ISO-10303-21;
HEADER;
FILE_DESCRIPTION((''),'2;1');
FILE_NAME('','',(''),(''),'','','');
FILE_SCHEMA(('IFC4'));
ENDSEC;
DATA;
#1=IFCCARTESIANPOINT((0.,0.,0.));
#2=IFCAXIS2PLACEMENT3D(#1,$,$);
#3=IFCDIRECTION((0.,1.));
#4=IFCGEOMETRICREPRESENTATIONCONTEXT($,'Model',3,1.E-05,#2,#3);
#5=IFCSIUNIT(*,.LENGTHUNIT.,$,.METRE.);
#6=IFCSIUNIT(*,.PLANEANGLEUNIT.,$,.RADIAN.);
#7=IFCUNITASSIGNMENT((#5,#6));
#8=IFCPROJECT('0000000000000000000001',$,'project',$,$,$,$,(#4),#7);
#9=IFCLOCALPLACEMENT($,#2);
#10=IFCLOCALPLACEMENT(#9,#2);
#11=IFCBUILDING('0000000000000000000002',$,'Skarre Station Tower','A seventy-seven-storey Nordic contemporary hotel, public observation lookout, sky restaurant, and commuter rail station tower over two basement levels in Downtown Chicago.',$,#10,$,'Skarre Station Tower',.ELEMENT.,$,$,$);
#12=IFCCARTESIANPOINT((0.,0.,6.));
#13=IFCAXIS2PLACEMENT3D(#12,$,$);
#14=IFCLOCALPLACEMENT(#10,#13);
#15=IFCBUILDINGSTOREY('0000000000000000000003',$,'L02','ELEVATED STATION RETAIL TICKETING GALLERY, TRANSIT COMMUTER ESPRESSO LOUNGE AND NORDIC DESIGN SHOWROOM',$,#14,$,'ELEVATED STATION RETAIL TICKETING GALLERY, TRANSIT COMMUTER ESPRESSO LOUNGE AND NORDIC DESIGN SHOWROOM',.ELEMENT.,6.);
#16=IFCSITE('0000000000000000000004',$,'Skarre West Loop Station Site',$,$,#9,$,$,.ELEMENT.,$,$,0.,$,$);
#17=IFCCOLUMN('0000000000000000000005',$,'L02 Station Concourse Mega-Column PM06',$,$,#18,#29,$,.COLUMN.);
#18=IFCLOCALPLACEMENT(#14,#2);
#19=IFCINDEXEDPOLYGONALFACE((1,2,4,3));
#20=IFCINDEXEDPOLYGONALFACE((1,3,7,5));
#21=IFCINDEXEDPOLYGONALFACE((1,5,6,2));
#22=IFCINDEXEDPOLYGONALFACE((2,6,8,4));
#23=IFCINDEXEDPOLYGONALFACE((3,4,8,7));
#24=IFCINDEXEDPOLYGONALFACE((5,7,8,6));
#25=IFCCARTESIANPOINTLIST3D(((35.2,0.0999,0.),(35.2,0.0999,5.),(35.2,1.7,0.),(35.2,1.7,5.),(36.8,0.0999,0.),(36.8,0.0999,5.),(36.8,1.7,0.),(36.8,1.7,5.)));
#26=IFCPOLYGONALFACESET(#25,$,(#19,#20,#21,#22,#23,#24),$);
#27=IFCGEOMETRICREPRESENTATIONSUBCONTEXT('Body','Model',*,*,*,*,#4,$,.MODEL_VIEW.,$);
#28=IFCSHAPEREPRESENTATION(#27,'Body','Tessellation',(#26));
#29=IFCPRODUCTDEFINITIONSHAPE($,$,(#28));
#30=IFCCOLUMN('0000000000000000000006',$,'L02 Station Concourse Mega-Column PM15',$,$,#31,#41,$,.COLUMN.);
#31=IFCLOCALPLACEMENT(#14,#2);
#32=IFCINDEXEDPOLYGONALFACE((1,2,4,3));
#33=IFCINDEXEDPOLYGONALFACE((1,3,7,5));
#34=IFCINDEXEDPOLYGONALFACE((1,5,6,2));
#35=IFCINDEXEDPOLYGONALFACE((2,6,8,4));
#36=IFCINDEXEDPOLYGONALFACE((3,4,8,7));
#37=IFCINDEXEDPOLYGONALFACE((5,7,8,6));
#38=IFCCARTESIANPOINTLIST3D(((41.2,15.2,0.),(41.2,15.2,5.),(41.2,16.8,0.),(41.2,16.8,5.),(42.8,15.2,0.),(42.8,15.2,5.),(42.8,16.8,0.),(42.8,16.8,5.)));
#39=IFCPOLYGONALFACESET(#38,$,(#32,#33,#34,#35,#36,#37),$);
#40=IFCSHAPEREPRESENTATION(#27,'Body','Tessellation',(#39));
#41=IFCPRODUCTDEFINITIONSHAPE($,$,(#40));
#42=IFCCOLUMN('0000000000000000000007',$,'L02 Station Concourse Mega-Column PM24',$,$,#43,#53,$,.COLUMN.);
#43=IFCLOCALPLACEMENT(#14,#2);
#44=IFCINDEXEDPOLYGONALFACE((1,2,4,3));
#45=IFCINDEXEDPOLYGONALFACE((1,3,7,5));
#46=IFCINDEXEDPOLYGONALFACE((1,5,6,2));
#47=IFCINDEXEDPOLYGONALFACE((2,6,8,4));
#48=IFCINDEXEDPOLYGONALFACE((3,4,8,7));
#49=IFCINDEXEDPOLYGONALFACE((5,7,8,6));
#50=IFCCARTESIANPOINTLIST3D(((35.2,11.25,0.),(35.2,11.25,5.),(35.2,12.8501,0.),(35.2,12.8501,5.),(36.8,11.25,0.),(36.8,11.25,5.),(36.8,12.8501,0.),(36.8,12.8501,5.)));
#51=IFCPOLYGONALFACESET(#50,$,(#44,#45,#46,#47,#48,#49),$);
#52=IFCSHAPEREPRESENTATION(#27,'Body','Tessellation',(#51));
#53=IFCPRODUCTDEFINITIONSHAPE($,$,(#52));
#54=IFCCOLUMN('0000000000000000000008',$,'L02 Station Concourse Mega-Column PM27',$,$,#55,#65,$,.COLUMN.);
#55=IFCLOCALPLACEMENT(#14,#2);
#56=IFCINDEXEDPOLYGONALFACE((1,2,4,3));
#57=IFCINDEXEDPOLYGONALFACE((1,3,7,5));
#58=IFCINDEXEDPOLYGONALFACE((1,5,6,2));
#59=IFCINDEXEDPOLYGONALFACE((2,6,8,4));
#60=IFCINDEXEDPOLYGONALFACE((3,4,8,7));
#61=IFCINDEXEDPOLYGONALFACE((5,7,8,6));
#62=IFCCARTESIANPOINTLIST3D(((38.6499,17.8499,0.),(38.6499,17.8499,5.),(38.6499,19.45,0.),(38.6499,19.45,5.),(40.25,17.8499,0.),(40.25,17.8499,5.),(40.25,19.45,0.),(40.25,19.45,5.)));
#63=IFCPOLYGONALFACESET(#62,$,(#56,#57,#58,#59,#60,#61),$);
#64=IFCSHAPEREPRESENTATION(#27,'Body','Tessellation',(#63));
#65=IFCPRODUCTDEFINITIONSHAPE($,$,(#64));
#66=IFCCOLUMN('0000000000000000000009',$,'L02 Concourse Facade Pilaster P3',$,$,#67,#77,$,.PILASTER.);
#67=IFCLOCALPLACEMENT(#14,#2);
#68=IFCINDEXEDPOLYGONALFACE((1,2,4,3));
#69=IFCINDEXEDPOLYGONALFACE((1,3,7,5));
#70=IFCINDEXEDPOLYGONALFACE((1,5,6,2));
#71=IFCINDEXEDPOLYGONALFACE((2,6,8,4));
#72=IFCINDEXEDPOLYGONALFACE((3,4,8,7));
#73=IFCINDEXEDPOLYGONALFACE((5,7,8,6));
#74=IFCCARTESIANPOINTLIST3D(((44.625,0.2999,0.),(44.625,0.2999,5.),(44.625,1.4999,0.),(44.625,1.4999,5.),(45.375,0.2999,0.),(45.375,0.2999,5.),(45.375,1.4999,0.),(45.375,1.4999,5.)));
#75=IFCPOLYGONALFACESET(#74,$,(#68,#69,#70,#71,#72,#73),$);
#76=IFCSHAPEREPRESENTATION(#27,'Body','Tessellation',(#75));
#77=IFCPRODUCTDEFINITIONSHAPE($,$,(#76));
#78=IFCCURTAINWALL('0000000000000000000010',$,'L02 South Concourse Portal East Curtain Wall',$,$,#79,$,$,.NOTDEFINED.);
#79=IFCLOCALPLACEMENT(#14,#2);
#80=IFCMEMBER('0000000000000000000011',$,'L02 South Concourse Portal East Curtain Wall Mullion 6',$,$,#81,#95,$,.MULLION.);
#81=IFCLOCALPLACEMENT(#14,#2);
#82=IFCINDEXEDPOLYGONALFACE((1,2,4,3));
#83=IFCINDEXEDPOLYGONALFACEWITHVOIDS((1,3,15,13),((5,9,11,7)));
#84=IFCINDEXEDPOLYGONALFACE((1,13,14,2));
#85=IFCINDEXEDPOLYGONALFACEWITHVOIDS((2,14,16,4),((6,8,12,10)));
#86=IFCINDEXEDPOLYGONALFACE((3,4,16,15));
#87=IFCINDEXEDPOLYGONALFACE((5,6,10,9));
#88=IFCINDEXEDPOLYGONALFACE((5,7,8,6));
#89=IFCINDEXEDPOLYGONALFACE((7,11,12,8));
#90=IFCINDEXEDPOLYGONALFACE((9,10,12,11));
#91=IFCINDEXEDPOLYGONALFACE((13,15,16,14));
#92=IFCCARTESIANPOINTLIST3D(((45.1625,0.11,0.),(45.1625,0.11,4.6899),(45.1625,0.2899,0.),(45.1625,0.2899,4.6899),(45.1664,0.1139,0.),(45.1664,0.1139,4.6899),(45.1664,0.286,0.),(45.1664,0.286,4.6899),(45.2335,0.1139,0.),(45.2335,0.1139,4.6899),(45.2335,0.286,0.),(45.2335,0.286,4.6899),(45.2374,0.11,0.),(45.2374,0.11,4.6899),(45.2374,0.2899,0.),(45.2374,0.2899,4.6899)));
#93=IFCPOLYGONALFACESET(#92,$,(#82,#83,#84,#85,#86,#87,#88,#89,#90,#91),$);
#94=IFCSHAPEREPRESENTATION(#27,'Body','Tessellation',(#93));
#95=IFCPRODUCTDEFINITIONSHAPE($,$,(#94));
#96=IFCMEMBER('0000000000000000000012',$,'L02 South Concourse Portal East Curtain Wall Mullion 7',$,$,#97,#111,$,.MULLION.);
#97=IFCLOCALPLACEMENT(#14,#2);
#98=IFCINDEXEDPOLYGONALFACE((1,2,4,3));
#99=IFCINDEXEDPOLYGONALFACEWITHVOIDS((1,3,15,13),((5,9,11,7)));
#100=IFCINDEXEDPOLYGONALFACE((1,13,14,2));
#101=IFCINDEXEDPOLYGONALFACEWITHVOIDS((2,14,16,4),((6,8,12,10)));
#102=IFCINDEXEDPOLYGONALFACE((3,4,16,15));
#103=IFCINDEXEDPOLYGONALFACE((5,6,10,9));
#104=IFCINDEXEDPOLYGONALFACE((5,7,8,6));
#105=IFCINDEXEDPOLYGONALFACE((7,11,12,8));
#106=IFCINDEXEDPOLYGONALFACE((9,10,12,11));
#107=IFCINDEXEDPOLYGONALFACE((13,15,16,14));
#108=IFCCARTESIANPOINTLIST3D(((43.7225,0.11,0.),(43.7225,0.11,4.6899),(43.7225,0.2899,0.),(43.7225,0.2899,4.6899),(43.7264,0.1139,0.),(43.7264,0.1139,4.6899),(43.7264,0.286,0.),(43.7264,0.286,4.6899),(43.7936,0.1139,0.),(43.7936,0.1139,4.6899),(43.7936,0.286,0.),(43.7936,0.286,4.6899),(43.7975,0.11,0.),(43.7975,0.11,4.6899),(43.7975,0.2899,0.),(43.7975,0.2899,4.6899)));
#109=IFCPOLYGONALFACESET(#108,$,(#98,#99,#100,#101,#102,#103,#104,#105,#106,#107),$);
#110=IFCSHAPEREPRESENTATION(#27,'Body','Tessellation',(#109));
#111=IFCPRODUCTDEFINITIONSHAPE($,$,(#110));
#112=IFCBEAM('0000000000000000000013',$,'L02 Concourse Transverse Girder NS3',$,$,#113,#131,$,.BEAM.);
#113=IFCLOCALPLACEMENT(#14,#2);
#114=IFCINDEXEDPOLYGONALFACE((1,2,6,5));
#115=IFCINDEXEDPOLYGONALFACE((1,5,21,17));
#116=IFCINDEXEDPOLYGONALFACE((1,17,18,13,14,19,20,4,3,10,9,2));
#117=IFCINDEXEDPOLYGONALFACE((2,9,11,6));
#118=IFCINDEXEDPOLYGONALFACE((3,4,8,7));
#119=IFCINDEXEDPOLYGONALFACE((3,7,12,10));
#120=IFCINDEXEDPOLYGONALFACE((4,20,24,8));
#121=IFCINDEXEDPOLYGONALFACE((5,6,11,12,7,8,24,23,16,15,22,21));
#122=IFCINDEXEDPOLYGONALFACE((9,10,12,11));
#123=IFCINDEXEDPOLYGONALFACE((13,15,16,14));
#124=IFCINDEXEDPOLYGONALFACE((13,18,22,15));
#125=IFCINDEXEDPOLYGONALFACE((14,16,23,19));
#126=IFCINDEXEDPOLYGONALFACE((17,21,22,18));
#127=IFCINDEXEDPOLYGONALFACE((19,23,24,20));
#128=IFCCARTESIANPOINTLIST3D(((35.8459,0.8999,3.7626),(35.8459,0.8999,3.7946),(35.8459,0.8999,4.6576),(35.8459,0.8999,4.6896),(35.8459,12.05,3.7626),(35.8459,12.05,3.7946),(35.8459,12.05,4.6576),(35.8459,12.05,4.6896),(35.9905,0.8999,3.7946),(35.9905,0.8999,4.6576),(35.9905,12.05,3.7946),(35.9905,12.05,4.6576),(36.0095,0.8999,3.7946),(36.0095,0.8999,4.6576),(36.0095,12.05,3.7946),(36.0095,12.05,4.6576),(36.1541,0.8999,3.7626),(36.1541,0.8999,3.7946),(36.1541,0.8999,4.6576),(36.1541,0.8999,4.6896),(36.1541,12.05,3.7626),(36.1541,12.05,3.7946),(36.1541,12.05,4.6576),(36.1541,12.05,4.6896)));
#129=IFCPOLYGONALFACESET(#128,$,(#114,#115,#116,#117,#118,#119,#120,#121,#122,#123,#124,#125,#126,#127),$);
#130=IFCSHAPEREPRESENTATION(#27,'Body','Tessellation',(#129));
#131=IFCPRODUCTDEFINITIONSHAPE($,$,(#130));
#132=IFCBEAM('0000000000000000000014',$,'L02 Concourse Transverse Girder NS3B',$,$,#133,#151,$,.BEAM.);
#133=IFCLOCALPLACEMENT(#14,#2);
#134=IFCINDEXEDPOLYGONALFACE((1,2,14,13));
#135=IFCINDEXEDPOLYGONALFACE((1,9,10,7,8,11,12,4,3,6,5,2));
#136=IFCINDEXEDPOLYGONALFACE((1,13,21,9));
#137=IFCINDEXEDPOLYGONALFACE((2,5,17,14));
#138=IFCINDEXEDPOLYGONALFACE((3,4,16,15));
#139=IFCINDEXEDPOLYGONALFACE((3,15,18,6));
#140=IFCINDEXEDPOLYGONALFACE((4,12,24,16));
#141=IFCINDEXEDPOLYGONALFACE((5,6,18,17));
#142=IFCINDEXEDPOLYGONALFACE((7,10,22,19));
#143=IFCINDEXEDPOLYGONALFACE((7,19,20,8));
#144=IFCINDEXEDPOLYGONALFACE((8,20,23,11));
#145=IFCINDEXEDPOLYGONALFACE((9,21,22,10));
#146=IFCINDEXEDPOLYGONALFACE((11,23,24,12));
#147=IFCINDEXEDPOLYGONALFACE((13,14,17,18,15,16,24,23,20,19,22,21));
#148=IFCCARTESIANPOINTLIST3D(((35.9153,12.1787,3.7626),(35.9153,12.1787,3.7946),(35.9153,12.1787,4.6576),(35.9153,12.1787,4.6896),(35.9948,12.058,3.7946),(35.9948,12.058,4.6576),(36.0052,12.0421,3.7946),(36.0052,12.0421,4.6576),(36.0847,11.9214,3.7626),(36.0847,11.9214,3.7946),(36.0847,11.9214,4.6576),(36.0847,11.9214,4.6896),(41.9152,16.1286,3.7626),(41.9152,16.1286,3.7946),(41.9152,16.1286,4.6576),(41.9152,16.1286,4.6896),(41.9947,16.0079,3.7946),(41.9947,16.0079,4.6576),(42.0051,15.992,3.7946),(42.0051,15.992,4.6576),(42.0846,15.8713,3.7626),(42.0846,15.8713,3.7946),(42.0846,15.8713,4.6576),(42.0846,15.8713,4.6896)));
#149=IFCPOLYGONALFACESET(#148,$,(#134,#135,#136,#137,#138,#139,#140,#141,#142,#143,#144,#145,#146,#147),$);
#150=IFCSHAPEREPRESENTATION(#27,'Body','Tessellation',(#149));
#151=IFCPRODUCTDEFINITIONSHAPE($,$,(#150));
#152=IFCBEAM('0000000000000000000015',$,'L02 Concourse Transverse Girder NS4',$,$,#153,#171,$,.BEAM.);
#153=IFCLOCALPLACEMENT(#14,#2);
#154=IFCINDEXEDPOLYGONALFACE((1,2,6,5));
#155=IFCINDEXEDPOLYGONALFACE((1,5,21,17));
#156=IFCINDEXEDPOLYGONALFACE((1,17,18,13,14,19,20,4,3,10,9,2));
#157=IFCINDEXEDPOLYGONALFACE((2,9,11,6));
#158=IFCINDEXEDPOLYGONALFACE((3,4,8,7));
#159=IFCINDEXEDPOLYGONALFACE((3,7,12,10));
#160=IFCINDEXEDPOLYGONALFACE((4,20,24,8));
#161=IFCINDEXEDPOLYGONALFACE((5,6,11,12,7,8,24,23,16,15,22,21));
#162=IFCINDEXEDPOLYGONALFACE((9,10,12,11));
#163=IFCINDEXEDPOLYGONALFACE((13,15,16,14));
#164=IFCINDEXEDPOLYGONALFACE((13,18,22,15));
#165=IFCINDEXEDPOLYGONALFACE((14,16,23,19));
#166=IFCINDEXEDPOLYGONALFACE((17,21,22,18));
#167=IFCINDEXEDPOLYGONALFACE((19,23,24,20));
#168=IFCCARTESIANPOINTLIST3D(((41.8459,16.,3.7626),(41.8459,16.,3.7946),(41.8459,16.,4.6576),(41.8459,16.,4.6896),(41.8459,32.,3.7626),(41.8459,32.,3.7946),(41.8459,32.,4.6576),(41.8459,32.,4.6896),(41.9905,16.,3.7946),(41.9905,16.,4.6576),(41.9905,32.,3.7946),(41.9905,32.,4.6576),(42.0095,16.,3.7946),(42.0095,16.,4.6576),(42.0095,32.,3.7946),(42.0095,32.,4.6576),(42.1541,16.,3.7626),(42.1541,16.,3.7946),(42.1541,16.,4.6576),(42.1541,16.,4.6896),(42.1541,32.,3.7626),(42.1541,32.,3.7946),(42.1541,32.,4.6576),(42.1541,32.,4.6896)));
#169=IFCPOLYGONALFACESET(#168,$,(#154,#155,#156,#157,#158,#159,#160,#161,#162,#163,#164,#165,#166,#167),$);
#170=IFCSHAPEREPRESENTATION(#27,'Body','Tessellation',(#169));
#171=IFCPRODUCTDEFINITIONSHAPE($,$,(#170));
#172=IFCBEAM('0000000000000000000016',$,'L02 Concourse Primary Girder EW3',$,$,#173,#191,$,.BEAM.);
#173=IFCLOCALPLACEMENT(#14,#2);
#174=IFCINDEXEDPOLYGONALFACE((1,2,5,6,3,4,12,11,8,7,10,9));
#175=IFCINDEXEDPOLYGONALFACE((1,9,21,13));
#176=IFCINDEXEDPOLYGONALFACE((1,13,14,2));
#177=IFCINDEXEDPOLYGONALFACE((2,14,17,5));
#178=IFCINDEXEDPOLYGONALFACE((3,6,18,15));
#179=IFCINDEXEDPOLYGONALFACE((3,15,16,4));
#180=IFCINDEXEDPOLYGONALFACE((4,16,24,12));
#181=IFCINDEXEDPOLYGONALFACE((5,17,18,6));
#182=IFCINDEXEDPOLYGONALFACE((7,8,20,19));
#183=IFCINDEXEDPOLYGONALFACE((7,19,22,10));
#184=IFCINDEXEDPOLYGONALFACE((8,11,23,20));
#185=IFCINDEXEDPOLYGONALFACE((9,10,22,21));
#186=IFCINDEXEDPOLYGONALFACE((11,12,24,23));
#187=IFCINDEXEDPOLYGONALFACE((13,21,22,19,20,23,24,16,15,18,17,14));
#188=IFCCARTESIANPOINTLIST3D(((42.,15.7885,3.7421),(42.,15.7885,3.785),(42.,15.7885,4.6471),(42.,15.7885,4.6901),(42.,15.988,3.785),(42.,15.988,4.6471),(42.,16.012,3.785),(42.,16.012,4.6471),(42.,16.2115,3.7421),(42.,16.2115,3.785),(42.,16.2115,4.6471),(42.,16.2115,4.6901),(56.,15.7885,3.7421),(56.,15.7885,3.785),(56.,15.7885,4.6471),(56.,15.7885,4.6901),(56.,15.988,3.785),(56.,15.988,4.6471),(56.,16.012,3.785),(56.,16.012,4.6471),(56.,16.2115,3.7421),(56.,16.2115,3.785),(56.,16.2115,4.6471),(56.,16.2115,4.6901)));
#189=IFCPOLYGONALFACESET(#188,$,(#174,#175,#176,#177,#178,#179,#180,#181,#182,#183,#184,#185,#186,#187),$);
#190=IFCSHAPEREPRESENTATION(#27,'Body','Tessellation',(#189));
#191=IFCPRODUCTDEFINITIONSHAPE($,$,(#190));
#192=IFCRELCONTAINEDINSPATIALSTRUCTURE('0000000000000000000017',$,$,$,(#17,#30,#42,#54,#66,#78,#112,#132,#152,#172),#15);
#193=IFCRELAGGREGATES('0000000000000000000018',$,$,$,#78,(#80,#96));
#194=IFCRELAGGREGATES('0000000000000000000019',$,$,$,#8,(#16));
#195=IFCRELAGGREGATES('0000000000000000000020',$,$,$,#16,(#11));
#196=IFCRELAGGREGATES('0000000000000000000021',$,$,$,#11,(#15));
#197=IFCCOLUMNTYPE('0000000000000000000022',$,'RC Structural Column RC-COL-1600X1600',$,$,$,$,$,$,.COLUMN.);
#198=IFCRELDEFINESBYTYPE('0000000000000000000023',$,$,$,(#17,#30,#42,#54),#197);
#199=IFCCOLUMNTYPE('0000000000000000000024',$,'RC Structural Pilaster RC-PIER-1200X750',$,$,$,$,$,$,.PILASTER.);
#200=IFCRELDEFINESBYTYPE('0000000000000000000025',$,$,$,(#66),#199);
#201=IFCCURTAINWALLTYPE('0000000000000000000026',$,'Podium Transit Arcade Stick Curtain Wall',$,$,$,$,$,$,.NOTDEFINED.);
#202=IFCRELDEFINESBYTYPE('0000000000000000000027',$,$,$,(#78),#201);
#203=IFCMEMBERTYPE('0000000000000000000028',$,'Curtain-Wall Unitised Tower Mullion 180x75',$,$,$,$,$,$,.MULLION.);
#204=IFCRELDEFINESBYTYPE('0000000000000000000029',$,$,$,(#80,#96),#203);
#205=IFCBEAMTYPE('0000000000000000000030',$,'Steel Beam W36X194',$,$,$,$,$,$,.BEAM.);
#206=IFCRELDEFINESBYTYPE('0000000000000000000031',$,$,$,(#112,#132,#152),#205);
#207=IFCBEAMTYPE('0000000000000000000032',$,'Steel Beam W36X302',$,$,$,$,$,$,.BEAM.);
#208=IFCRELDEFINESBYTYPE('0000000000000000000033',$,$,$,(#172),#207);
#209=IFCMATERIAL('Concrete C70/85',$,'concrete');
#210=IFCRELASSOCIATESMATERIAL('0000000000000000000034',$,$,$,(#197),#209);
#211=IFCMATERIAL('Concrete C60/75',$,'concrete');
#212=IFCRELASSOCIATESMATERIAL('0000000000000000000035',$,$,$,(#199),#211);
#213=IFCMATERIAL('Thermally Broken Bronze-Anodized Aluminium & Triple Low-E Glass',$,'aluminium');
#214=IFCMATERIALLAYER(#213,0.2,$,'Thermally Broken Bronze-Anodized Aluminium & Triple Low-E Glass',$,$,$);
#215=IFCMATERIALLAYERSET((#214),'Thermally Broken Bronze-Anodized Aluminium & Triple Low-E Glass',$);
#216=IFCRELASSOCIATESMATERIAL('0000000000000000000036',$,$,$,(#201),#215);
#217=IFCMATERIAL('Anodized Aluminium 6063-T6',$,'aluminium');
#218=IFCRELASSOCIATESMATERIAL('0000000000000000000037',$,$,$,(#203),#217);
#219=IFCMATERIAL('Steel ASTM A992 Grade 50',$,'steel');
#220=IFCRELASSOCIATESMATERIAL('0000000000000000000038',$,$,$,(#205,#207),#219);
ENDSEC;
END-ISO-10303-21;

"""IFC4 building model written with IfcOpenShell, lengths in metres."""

from ifc_helpers import new_model, si_unit, direction, frame, origin, origin_2d, place, context, subcontext, project, spatial, rectangle, hollow_rectangle, i_section, extrude, material, layer, layer_set, material_profile, profile_set, type_object, element, aggregate, save


model = new_model("IFC4")

# Units and contexts
model_context = context("Model", 3, precision=1e-05, world=origin(), true_north=direction((0.0, 1.0)))
body_context = subcontext(model_context, "Body", "Model", "MODEL_VIEW")
ifc_project = project(units=[si_unit("LENGTHUNIT", "METRE"), si_unit("PLANEANGLEUNIT", "RADIAN")], contexts=[model_context])

# Site, building, storey
site_placement = place(None, origin())
site = spatial("IfcSite", under=ifc_project, at=site_placement, Name="Skarre West Loop Station Site", CompositionType="ELEMENT", RefElevation=0.0)
building_placement = place(site_placement, origin())
building = spatial("IfcBuilding", under=site, at=building_placement, Name="Skarre Station Tower", Description="A seventy-seven-storey Nordic contemporary hotel, public observation lookout, sky restaurant, and commuter rail station tower over two basement levels in Downtown Chicago.", LongName="Skarre Station Tower", CompositionType="ELEMENT")
storey_placement = place(building_placement, frame((0.0, 0.0, 6.0)))
storey = spatial("IfcBuildingStorey", under=building, at=storey_placement, Name="L02", Description="ELEVATED STATION RETAIL TICKETING GALLERY, TRANSIT COMMUTER ESPRESSO LOUNGE AND NORDIC DESIGN SHOWROOM", LongName="ELEVATED STATION RETAIL TICKETING GALLERY, TRANSIT COMMUTER ESPRESSO LOUNGE AND NORDIC DESIGN SHOWROOM", CompositionType="ELEMENT", Elevation=6.0)

# Columns
ifc_material_1 = material(Name="Concrete C70/85", Category="concrete")
ifc_material_profile_1 = material_profile(ifc_material_1, rectangle(XDim=1.6001, YDim=1.6001, at=origin_2d()), Name="Concrete C70/85")
ifc_profile_set_1 = profile_set([ifc_material_profile_1], Name="Concrete C70/85")
column_type_1 = type_object("IfcColumnType", Name="RC Structural Column RC-COL-1600X1600", PredefinedType="COLUMN", material=ifc_profile_set_1)
for number, where, z_axis, x_axis, name in (
    (1, (36.0, 0.8999, 0.0), (0.0, 0.0, 1.0), (1.0, 0.0, 0.0), "L02 Station Concourse Mega-Column PM06"),
    (2, (42.0, 16.0, 0.0), (0.0, 0.0, 1.0), (1.0, 0.0, 0.0), "L02 Station Concourse Mega-Column PM15"),
    (3, (36.0, 12.05, 0.0), (0.0, 0.0, 1.0), (1.0, 0.0, 0.0), "L02 Station Concourse Mega-Column PM24"),
    (4, (39.45, 18.6499, 0.0), (0.0, 0.0, 1.0), (1.0, 0.0, 0.0), "L02 Station Concourse Mega-Column PM27"),
):
    element("IfcColumn", number, at=place(storey_placement, frame(where, z_axis=z_axis, x_axis=x_axis)), inside=storey, type_object=column_type_1, Name=name, PredefinedType="COLUMN", context=body_context, shape_type="SweptSolid", body=[
        extrude(rectangle(XDim=1.6001, YDim=1.6001, at=origin_2d()), origin(), (0.0, 0.0, 1.0), 5.0),
    ])
ifc_material_2 = material(Name="Concrete C60/75", Category="concrete")
ifc_material_profile_2 = material_profile(ifc_material_2, rectangle(XDim=0.75, YDim=1.2, at=origin_2d()), Name="Concrete C60/75")
ifc_profile_set_2 = profile_set([ifc_material_profile_2], Name="Concrete C60/75")
column_type_2 = type_object("IfcColumnType", Name="RC Structural Pilaster RC-PIER-1200X750", PredefinedType="PILASTER", material=ifc_profile_set_2)
column_placement = place(storey_placement, frame((45.0, 0.8999, 0.0), z_axis=(0.0, 0.0, 1.0), x_axis=(1.0, 0.0, 0.0)))
element("IfcColumn", 5, at=column_placement, inside=storey, type_object=column_type_2, Name="L02 Concourse Facade Pilaster P3", PredefinedType="PILASTER", context=body_context, shape_type="SweptSolid", body=[
    extrude(rectangle(XDim=0.75, YDim=1.2, at=origin_2d()), origin(), (0.0, 0.0, 1.0), 5.0),
])

# Curtain wall, members
ifc_material_3 = material(Name="Thermally Broken Bronze-Anodized Aluminium & Triple Low-E Glass", Category="aluminium")
ifc_layer_1 = layer(ifc_material_3, 0.2, Name="Thermally Broken Bronze-Anodized Aluminium & Triple Low-E Glass")
ifc_layer_set_1 = layer_set([ifc_layer_1], Name="Thermally Broken Bronze-Anodized Aluminium & Triple Low-E Glass")
curtain_wall_type = type_object("IfcCurtainWallType", Name="Podium Transit Arcade Stick Curtain Wall", PredefinedType="NOTDEFINED", material=ifc_layer_set_1)
curtain_wall_placement = place(storey_placement, origin())
curtain_wall = element("IfcCurtainWall", 6, at=curtain_wall_placement, inside=storey, type_object=curtain_wall_type, Name="L02 South Concourse Portal East Curtain Wall", PredefinedType="NOTDEFINED")
ifc_material_4 = material(Name="Anodized Aluminium 6063-T6", Category="aluminium")
ifc_material_profile_3 = material_profile(ifc_material_4, hollow_rectangle(XDim=0.075, YDim=0.1799, WallThickness=0.0039, at=origin_2d()), Name="Anodized Aluminium 6063-T6")
ifc_profile_set_3 = profile_set([ifc_material_profile_3], Name="Anodized Aluminium 6063-T6")
member_type = type_object("IfcMemberType", Name="Curtain-Wall Unitised Tower Mullion 180x75", PredefinedType="MULLION", material=ifc_profile_set_3)
member_1_placement = place(storey_placement, frame((45.2, 0.2, 0.0), z_axis=(0.0, 0.0, 1.0), x_axis=(-1.0, 0.0, 0.0)))
member_1 = element("IfcMember", 7, at=member_1_placement, type_object=member_type, Name="L02 South Concourse Portal East Curtain Wall Mullion 6", PredefinedType="MULLION", context=body_context, shape_type="SweptSolid", body=[
    extrude(hollow_rectangle(XDim=0.075, YDim=0.1799, WallThickness=0.0039, at=origin_2d()), origin(), (0.0, 0.0, 1.0), 4.6899),
])
member_2_placement = place(storey_placement, frame((43.76, 0.2, 0.0), z_axis=(0.0, 0.0, 1.0), x_axis=(-1.0, 0.0, 0.0)))
member_2 = element("IfcMember", 8, at=member_2_placement, type_object=member_type, Name="L02 South Concourse Portal East Curtain Wall Mullion 7", PredefinedType="MULLION", context=body_context, shape_type="SweptSolid", body=[
    extrude(hollow_rectangle(XDim=0.075, YDim=0.1799, WallThickness=0.0039, at=origin_2d()), origin(), (0.0, 0.0, 1.0), 4.6899),
])

# Beams
ifc_material_5 = material(Name="Steel ASTM A992 Grade 50", Category="steel")
ifc_material_profile_4 = material_profile(ifc_material_5, i_section(OverallWidth=0.3081, OverallDepth=0.927, WebThickness=0.019, FlangeThickness=0.032, at=origin_2d()), Name="Steel ASTM A992 Grade 50")
ifc_profile_set_4 = profile_set([ifc_material_profile_4], Name="Steel ASTM A992 Grade 50")
beam_type_1 = type_object("IfcBeamType", Name="Steel Beam W36X194", PredefinedType="BEAM", material=ifc_profile_set_4)
beam_1_placement = place(storey_placement, frame((36.0, 0.8999, 4.2261), z_axis=(0.0, 1.0, 0.0), x_axis=(-1.0, 0.0, 0.0)))
element("IfcBeam", 9, at=beam_1_placement, inside=storey, type_object=beam_type_1, Name="L02 Concourse Transverse Girder NS3", PredefinedType="BEAM", context=body_context, shape_type="SweptSolid", body=[
    extrude(i_section(OverallWidth=0.3081, OverallDepth=0.927, WebThickness=0.019, FlangeThickness=0.032, at=origin_2d()), origin(), (0.0, 0.0, 1.0), 11.1501),
])
beam_2_placement = place(storey_placement, frame((36.0, 12.05, 4.2261), z_axis=(0.835252, 0.549867, 0.0), x_axis=(-0.549867, 0.835252, 0.0)))
element("IfcBeam", 10, at=beam_2_placement, inside=storey, type_object=beam_type_1, Name="L02 Concourse Transverse Girder NS3B", PredefinedType="BEAM", context=body_context, shape_type="SweptSolid", body=[
    extrude(i_section(OverallWidth=0.3081, OverallDepth=0.927, WebThickness=0.019, FlangeThickness=0.032, at=origin_2d()), origin(), (0.0, 0.0, 1.0), 7.1833),
])
beam_3_placement = place(storey_placement, frame((42.0, 16.0, 4.2261), z_axis=(0.0, 1.0, 0.0), x_axis=(-1.0, 0.0, 0.0)))
element("IfcBeam", 11, at=beam_3_placement, inside=storey, type_object=beam_type_1, Name="L02 Concourse Transverse Girder NS4", PredefinedType="BEAM", context=body_context, shape_type="SweptSolid", body=[
    extrude(i_section(OverallWidth=0.3081, OverallDepth=0.927, WebThickness=0.019, FlangeThickness=0.032, at=origin_2d()), origin(), (0.0, 0.0, 1.0), 16.0),
])
ifc_material_profile_5 = material_profile(ifc_material_5, i_section(OverallWidth=0.4231, OverallDepth=0.948, WebThickness=0.0239, FlangeThickness=0.043, at=origin_2d()), Name="Steel ASTM A992 Grade 50")
ifc_profile_set_5 = profile_set([ifc_material_profile_5], Name="Steel ASTM A992 Grade 50")
beam_type_2 = type_object("IfcBeamType", Name="Steel Beam W36X302", PredefinedType="BEAM", material=ifc_profile_set_5)
beam_4_placement = place(storey_placement, frame((42.0, 16.0, 4.2161), z_axis=(1.0, 0.0, 0.0), x_axis=(0.0, 1.0, 0.0)))
element("IfcBeam", 12, at=beam_4_placement, inside=storey, type_object=beam_type_2, Name="L02 Concourse Primary Girder EW3", PredefinedType="BEAM", context=body_context, shape_type="SweptSolid", body=[
    extrude(i_section(OverallWidth=0.4231, OverallDepth=0.948, WebThickness=0.0239, FlangeThickness=0.043, at=origin_2d()), origin(), (0.0, 0.0, 1.0), 14.0),
])

aggregate(curtain_wall, [member_1, member_2])

save(model, "model.ifc")
